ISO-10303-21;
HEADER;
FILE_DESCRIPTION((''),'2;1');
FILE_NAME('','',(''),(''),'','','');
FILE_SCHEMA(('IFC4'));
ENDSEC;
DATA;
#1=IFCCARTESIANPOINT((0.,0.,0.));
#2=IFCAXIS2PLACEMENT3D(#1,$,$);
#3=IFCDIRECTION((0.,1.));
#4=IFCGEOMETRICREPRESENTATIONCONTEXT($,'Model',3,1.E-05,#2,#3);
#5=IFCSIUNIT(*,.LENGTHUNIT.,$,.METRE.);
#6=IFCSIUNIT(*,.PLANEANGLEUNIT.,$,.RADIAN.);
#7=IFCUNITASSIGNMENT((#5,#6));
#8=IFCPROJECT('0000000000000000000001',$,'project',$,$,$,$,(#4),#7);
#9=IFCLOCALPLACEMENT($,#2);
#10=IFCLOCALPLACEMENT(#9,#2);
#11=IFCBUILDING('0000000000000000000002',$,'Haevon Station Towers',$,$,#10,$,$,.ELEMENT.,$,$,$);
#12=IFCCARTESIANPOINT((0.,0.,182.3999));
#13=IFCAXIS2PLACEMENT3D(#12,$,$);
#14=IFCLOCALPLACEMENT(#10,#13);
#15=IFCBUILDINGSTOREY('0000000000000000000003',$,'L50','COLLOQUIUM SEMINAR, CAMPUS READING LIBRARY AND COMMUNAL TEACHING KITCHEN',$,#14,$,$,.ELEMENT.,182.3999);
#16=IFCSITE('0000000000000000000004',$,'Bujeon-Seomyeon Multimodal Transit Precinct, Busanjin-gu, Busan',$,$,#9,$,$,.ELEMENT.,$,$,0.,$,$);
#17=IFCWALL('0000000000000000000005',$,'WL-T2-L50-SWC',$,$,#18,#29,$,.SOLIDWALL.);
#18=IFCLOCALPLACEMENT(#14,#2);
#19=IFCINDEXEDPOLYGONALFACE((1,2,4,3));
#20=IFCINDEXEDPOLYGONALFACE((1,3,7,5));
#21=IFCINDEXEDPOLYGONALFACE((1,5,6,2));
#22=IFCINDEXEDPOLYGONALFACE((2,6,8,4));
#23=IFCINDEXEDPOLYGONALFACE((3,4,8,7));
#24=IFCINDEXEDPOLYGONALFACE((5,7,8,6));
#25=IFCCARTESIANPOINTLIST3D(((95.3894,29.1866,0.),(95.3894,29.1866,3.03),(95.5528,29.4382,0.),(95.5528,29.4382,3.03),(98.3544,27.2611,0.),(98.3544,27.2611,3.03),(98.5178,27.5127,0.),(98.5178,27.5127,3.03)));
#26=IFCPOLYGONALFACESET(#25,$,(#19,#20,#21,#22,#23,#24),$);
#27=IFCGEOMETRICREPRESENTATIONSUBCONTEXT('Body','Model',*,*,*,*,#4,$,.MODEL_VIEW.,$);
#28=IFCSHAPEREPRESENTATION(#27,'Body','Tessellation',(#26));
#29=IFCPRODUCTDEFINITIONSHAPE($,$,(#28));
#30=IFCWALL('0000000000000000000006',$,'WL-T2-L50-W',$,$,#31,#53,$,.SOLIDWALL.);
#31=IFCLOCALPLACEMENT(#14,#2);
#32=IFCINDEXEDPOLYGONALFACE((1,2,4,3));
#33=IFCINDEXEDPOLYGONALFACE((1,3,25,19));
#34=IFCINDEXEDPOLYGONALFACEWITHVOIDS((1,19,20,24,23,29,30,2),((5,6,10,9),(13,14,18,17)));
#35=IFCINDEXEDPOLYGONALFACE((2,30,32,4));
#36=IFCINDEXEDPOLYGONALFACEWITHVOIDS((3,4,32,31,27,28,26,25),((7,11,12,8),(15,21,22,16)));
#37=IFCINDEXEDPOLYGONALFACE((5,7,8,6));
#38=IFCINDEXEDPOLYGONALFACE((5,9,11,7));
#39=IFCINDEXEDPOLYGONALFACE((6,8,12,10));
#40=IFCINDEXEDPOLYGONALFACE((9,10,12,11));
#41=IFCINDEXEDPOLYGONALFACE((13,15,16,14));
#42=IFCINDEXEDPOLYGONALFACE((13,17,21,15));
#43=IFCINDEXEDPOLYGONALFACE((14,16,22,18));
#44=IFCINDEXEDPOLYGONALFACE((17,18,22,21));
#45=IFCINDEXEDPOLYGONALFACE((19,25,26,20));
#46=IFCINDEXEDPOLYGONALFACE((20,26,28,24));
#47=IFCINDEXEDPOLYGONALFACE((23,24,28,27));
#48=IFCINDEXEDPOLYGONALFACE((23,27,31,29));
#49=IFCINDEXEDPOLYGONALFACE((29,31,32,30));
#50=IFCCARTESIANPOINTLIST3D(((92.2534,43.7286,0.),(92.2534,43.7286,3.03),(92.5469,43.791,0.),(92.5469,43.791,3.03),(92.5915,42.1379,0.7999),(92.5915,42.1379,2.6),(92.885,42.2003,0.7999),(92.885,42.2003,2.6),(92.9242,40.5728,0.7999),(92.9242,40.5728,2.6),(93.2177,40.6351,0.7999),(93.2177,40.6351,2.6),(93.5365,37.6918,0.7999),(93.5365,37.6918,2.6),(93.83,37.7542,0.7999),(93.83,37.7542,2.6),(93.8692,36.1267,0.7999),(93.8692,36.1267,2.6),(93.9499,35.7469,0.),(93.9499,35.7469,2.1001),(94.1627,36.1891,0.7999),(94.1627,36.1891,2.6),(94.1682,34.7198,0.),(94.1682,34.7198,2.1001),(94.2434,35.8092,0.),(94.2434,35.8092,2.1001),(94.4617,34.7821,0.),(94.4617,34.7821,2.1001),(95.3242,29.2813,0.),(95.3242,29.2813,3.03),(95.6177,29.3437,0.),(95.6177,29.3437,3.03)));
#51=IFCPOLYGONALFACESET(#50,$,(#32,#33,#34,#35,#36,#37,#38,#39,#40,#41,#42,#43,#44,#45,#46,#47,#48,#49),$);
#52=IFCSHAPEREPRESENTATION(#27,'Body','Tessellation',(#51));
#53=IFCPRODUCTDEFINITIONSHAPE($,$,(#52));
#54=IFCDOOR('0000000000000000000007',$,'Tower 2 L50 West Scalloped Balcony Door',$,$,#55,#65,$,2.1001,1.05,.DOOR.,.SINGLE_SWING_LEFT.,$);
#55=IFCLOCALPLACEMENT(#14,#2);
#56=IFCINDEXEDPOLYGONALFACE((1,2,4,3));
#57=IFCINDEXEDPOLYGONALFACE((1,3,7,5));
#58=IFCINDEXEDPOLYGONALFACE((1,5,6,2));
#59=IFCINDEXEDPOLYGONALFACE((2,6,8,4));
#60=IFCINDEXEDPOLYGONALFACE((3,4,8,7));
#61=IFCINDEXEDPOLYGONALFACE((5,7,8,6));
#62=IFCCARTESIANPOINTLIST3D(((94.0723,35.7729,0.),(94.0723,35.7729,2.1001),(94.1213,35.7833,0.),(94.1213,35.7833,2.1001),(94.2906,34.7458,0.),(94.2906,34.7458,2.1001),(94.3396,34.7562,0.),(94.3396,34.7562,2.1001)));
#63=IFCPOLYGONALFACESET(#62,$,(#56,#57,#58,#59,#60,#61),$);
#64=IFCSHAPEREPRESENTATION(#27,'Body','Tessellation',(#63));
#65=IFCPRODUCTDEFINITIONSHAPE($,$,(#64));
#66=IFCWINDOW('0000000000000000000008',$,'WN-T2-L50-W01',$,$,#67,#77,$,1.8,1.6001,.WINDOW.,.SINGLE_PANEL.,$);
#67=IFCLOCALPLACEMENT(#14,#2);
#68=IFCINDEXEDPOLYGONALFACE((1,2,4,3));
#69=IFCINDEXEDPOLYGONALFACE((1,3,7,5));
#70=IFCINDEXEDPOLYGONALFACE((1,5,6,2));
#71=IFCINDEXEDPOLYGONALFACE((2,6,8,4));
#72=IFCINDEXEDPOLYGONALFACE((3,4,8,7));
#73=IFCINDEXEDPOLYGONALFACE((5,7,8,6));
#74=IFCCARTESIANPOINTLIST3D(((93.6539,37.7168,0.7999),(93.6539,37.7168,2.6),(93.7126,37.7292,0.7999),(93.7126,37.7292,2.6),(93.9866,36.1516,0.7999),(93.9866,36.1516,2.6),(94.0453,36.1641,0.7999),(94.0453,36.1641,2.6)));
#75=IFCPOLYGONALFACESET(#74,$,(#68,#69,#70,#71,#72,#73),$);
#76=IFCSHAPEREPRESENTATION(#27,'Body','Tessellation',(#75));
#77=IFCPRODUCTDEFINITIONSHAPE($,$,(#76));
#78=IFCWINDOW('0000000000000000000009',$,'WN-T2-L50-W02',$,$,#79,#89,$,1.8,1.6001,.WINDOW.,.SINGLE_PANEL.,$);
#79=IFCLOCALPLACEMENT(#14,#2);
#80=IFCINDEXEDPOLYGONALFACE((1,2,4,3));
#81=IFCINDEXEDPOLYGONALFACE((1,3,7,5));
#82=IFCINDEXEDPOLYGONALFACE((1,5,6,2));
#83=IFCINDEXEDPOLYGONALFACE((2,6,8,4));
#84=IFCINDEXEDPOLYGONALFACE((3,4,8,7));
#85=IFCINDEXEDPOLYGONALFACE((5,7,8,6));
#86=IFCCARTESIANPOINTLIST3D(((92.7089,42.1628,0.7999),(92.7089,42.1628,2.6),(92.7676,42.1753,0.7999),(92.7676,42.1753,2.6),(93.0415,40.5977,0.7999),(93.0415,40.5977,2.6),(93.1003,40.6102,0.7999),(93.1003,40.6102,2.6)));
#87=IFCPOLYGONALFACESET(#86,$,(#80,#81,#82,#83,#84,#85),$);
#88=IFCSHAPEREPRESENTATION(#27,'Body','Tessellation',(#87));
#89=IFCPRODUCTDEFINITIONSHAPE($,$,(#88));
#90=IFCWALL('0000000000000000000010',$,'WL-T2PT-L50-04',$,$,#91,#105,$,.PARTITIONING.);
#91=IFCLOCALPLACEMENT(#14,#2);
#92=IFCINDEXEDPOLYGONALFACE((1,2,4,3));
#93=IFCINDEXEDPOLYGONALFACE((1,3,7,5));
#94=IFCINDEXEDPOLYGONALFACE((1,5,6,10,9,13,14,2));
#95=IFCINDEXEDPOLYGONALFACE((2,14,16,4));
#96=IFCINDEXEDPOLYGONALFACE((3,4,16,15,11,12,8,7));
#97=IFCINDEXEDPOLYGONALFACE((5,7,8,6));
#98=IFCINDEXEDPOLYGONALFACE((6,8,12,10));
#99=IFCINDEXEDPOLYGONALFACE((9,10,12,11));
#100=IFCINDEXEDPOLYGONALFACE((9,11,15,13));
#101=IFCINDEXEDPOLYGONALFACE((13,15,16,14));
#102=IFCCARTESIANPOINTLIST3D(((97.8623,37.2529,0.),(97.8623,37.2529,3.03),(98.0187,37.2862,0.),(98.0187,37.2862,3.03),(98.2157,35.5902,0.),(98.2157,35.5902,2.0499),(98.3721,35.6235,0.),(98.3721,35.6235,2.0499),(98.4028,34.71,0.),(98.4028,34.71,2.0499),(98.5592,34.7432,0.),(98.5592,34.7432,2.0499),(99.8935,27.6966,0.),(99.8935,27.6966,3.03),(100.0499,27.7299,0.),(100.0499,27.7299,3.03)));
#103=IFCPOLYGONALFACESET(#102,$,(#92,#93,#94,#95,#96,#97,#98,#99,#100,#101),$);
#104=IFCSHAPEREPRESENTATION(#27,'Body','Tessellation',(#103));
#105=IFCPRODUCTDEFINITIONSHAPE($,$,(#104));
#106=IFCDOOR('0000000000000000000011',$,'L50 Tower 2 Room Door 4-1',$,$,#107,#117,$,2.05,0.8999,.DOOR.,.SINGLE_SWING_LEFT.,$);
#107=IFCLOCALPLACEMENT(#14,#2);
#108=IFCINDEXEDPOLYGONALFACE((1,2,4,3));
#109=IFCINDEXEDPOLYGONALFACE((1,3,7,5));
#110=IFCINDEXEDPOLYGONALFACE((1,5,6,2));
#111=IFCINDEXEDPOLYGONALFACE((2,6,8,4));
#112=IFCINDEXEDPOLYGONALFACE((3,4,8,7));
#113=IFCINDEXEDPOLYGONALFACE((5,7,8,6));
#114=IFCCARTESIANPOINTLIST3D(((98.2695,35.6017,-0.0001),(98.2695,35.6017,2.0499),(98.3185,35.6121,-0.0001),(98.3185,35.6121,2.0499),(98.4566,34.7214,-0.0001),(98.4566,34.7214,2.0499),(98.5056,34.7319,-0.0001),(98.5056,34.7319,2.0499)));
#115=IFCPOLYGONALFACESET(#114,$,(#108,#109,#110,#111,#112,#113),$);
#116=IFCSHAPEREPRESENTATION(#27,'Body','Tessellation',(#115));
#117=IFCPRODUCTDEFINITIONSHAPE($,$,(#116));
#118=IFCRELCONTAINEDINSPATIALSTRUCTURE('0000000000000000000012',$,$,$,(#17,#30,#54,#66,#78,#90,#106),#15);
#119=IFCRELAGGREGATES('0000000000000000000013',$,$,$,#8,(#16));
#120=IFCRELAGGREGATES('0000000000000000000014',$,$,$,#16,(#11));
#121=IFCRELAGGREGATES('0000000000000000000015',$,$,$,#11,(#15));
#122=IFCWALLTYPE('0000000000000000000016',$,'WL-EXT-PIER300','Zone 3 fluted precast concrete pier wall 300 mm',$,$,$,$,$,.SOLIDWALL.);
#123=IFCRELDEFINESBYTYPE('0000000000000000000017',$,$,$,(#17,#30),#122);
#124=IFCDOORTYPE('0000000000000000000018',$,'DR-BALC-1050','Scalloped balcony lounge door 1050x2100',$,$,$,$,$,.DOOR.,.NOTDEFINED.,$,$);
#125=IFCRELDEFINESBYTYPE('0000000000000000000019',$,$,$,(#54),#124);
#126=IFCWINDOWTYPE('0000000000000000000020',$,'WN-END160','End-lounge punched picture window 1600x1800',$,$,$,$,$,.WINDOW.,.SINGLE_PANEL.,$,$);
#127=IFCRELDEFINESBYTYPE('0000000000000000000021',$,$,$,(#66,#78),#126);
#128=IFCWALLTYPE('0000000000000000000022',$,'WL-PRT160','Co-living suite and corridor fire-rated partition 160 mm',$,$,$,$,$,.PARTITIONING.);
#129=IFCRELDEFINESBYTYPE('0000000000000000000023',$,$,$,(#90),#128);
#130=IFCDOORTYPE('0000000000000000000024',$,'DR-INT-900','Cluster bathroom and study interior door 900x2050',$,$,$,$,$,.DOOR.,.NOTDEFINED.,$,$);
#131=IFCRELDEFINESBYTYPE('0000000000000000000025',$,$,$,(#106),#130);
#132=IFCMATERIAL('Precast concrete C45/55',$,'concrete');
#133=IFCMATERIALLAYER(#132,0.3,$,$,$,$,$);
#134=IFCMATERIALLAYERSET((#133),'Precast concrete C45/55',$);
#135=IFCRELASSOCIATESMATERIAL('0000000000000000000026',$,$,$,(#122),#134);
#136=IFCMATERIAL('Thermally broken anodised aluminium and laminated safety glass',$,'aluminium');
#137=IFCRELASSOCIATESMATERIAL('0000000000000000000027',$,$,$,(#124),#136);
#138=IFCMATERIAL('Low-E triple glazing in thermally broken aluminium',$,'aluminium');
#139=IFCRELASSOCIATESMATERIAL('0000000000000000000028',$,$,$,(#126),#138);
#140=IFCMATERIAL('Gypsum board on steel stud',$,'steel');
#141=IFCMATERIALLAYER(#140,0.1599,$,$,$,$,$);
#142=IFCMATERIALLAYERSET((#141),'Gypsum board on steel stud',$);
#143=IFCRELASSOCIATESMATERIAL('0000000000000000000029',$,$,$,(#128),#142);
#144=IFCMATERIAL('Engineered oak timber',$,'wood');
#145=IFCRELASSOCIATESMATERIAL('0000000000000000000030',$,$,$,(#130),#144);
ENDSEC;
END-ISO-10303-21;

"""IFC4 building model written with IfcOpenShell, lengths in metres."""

from ifc_helpers import new_model, si_unit, direction, frame, frame_2d, origin, place, context, subcontext, project, spatial, rectangle, extrude, material, layer, layer_set, type_object, element, fill, save


model = new_model("IFC4")

# Units and contexts
model_context = context("Model", 3, precision=1e-05, world=origin(), true_north=direction((0.0, 1.0)))
body_context = subcontext(model_context, "Body", "Model", "MODEL_VIEW")
ifc_project = project(units=[si_unit("LENGTHUNIT", "METRE"), si_unit("PLANEANGLEUNIT", "RADIAN")], contexts=[model_context])

# Site, building, storey
site_placement = place(None, origin())
site = spatial("IfcSite", under=ifc_project, at=site_placement, Name="Bujeon-Seomyeon Multimodal Transit Precinct, Busanjin-gu, Busan", CompositionType="ELEMENT", RefElevation=0.0)
building_placement = place(site_placement, origin())
building = spatial("IfcBuilding", under=site, at=building_placement, Name="Haevon Station Towers", CompositionType="ELEMENT")
storey_placement = place(building_placement, frame((0.0, 0.0, 182.3999)))
storey = spatial("IfcBuildingStorey", under=building, at=storey_placement, Name="L50", Description="COLLOQUIUM SEMINAR, CAMPUS READING LIBRARY AND COMMUNAL TEACHING KITCHEN", CompositionType="ELEMENT", Elevation=182.3999)

# Wall
ifc_material_1 = material(Name="Precast concrete C45/55", Category="concrete")
ifc_layer_1 = layer(ifc_material_1, 0.3)
ifc_layer_set_1 = layer_set([ifc_layer_1], Name="Precast concrete C45/55")
wall_type_1 = type_object("IfcWallType", Name="WL-EXT-PIER300", Description="Zone 3 fluted precast concrete pier wall 300 mm", PredefinedType="SOLIDWALL", material=ifc_layer_set_1)
wall_1_placement = place(storey_placement, frame((98.436, 27.387, 0.0), z_axis=(0.0, 0.0, 1.0), x_axis=(-0.838672, 0.544636, 0.0)))
element("IfcWall", 1, at=wall_1_placement, inside=storey, type_object=wall_type_1, Name="WL-T2-L50-SWC", PredefinedType="SOLIDWALL", context=body_context, shape_type="SweptSolid", body=[
    extrude(rectangle(XDim=3.5354, YDim=0.3, at=frame_2d((1.7676, 0.0))), origin(), (0.0, 0.0, 1.0), 3.03),
])

# Wall, openings, door, windows
wall_2_placement = place(storey_placement, frame((95.4709, 29.3125, 0.0), z_axis=(0.0, 0.0, 1.0), x_axis=(-0.207908, 0.978148, 0.0)))
wall_2 = element("IfcWall", 2, at=wall_2_placement, inside=storey, type_object=wall_type_1, Name="WL-T2-L50-W", PredefinedType="SOLIDWALL", context=body_context, shape_type="SweptSolid", body=[
    extrude(rectangle(XDim=14.77, YDim=0.3, at=frame_2d((7.385, 0.0))), origin(), (0.0, 0.0, 1.0), 3.03),
])
opening_1_placement = place(wall_2_placement, frame((5.5601, 0.0, 0.0)))
opening_1 = element("IfcOpeningElement", 3, at=opening_1_placement, cuts=wall_2, PredefinedType="OPENING", context=body_context, shape_type="SweptSolid", body=[
    extrude(rectangle(XDim=1.05, YDim=2.1001, at=frame_2d((0.5249, 1.05))), frame((0.0, 0.1599, 0.0), z_axis=(0.0, -1.0, 0.0), x_axis=(1.0, 0.0, 0.0)), (0.0, 0.0, 1.0), 0.3201),
])
opening_2_placement = place(wall_2_placement, frame((6.9983, 0.0, 0.8)))
opening_2 = element("IfcOpeningElement", 4, at=opening_2_placement, cuts=wall_2, PredefinedType="OPENING", context=body_context, shape_type="SweptSolid", body=[
    extrude(rectangle(XDim=1.6001, YDim=1.8, at=frame_2d((0.8, 0.8999))), frame((0.0, 0.1599, 0.0), z_axis=(0.0, -1.0, 0.0), x_axis=(1.0, 0.0, 0.0)), (0.0, 0.0, 1.0), 0.3201),
])
opening_3_placement = place(wall_2_placement, frame((11.5437, 0.0, 0.8)))
opening_3 = element("IfcOpeningElement", 5, at=opening_3_placement, cuts=wall_2, PredefinedType="OPENING", context=body_context, shape_type="SweptSolid", body=[
    extrude(rectangle(XDim=1.6001, YDim=1.8, at=frame_2d((0.8, 0.8999))), frame((0.0, 0.1599, 0.0), z_axis=(0.0, -1.0, 0.0), x_axis=(1.0, 0.0, 0.0)), (0.0, 0.0, 1.0), 0.3201),
])
ifc_material_2 = material(Name="Thermally broken anodised aluminium and laminated safety glass", Category="aluminium")
door_type_1 = type_object("IfcDoorType", Name="DR-BALC-1050", Description="Scalloped balcony lounge door 1050x2100", OperationType="NOTDEFINED", PredefinedType="DOOR", material=ifc_material_2)
door_1_placement = place(opening_1_placement, origin())
door_1 = element("IfcDoor", 6, at=door_1_placement, inside=storey, type_object=door_type_1, Name="Tower 2 L50 West Scalloped Balcony Door", OperationType="SINGLE_SWING_LEFT", OverallHeight=2.1001, OverallWidth=1.05, PredefinedType="DOOR", context=body_context, shape_type="SweptSolid", body=[
    extrude(rectangle(XDim=1.05, YDim=2.1001, at=frame_2d((0.5249, 1.05))), frame((0.0, 0.0249, 0.0), z_axis=(0.0, -1.0, 0.0), x_axis=(1.0, 0.0, 0.0)), (0.0, 0.0, 1.0), 0.05),
])
fill(opening_1, door_1)
ifc_material_3 = material(Name="Low-E triple glazing in thermally broken aluminium", Category="aluminium")
window_type = type_object("IfcWindowType", Name="WN-END160", Description="End-lounge punched picture window 1600x1800", PartitioningType="SINGLE_PANEL", PredefinedType="WINDOW", material=ifc_material_3)
window_1_placement = place(opening_2_placement, origin())
window_1 = element("IfcWindow", 7, at=window_1_placement, inside=storey, type_object=window_type, Name="WN-T2-L50-W01", OverallHeight=1.8, OverallWidth=1.6001, PartitioningType="SINGLE_PANEL", PredefinedType="WINDOW", context=body_context, shape_type="SweptSolid", body=[
    extrude(rectangle(XDim=1.6001, YDim=1.8, at=frame_2d((0.8, 0.8999))), frame((0.0, 0.03, 0.0), z_axis=(0.0, -1.0, 0.0), x_axis=(1.0, 0.0, 0.0)), (0.0, 0.0, 1.0), 0.0601),
])
fill(opening_2, window_1)
window_2_placement = place(opening_3_placement, origin())
window_2 = element("IfcWindow", 8, at=window_2_placement, inside=storey, type_object=window_type, Name="WN-T2-L50-W02", OverallHeight=1.8, OverallWidth=1.6001, PartitioningType="SINGLE_PANEL", PredefinedType="WINDOW", context=body_context, shape_type="SweptSolid", body=[
    extrude(rectangle(XDim=1.6001, YDim=1.8, at=frame_2d((0.8, 0.8999))), frame((0.0, 0.03, 0.0), z_axis=(0.0, -1.0, 0.0), x_axis=(1.0, 0.0, 0.0)), (0.0, 0.0, 1.0), 0.0601),
])
fill(opening_3, window_2)

# Wall, opening, door
ifc_material_4 = material(Name="Gypsum board on steel stud", Category="steel")
ifc_layer_2 = layer(ifc_material_4, 0.1599)
ifc_layer_set_2 = layer_set([ifc_layer_2], Name="Gypsum board on steel stud")
wall_type_2 = type_object("IfcWallType", Name="WL-PRT160", Description="Co-living suite and corridor fire-rated partition 160 mm", PredefinedType="PARTITIONING", material=ifc_layer_set_2)
wall_3_placement = place(storey_placement, frame((99.9717, 27.7134, 0.0), z_axis=(0.0, 0.0, 1.0), x_axis=(-0.207909, 0.978148, 0.0)))
wall_3 = element("IfcWall", 9, at=wall_3_placement, inside=storey, type_object=wall_type_2, Name="WL-T2PT-L50-04", PredefinedType="PARTITIONING", context=body_context, shape_type="SweptSolid", body=[
    extrude(rectangle(XDim=9.7698, YDim=0.1599, at=frame_2d((4.8848, 0.0))), origin(), (0.0, 0.0, 1.0), 3.03),
])
opening_4_placement = place(wall_3_placement, frame((7.1699, 0.0, 0.0)))
opening_4 = element("IfcOpeningElement", 10, at=opening_4_placement, cuts=wall_3, PredefinedType="OPENING", context=body_context, shape_type="SweptSolid", body=[
    extrude(rectangle(XDim=0.8999, YDim=2.05, at=frame_2d((0.45, 1.0249))), frame((0.0, 0.0898, 0.0), z_axis=(0.0, -1.0, 0.0), x_axis=(1.0, 0.0, 0.0)), (0.0, 0.0, 1.0), 0.1799),
])
ifc_material_5 = material(Name="Engineered oak timber", Category="wood")
door_type_2 = type_object("IfcDoorType", Name="DR-INT-900", Description="Cluster bathroom and study interior door 900x2050", OperationType="NOTDEFINED", PredefinedType="DOOR", material=ifc_material_5)
door_2_placement = place(opening_4_placement, origin())
door_2 = element("IfcDoor", 11, at=door_2_placement, inside=storey, type_object=door_type_2, Name="L50 Tower 2 Room Door 4-1", OperationType="SINGLE_SWING_LEFT", OverallHeight=2.05, OverallWidth=0.8999, PredefinedType="DOOR", context=body_context, shape_type="SweptSolid", body=[
    extrude(rectangle(XDim=0.8999, YDim=2.05, at=frame_2d((0.45, 1.0249))), frame((0.0, 0.0249, 0.0), z_axis=(0.0, -1.0, 0.0), x_axis=(1.0, 0.0, 0.0)), (0.0, 0.0, 1.0), 0.05),
])
fill(opening_4, door_2)

save(model, "model.ifc")
